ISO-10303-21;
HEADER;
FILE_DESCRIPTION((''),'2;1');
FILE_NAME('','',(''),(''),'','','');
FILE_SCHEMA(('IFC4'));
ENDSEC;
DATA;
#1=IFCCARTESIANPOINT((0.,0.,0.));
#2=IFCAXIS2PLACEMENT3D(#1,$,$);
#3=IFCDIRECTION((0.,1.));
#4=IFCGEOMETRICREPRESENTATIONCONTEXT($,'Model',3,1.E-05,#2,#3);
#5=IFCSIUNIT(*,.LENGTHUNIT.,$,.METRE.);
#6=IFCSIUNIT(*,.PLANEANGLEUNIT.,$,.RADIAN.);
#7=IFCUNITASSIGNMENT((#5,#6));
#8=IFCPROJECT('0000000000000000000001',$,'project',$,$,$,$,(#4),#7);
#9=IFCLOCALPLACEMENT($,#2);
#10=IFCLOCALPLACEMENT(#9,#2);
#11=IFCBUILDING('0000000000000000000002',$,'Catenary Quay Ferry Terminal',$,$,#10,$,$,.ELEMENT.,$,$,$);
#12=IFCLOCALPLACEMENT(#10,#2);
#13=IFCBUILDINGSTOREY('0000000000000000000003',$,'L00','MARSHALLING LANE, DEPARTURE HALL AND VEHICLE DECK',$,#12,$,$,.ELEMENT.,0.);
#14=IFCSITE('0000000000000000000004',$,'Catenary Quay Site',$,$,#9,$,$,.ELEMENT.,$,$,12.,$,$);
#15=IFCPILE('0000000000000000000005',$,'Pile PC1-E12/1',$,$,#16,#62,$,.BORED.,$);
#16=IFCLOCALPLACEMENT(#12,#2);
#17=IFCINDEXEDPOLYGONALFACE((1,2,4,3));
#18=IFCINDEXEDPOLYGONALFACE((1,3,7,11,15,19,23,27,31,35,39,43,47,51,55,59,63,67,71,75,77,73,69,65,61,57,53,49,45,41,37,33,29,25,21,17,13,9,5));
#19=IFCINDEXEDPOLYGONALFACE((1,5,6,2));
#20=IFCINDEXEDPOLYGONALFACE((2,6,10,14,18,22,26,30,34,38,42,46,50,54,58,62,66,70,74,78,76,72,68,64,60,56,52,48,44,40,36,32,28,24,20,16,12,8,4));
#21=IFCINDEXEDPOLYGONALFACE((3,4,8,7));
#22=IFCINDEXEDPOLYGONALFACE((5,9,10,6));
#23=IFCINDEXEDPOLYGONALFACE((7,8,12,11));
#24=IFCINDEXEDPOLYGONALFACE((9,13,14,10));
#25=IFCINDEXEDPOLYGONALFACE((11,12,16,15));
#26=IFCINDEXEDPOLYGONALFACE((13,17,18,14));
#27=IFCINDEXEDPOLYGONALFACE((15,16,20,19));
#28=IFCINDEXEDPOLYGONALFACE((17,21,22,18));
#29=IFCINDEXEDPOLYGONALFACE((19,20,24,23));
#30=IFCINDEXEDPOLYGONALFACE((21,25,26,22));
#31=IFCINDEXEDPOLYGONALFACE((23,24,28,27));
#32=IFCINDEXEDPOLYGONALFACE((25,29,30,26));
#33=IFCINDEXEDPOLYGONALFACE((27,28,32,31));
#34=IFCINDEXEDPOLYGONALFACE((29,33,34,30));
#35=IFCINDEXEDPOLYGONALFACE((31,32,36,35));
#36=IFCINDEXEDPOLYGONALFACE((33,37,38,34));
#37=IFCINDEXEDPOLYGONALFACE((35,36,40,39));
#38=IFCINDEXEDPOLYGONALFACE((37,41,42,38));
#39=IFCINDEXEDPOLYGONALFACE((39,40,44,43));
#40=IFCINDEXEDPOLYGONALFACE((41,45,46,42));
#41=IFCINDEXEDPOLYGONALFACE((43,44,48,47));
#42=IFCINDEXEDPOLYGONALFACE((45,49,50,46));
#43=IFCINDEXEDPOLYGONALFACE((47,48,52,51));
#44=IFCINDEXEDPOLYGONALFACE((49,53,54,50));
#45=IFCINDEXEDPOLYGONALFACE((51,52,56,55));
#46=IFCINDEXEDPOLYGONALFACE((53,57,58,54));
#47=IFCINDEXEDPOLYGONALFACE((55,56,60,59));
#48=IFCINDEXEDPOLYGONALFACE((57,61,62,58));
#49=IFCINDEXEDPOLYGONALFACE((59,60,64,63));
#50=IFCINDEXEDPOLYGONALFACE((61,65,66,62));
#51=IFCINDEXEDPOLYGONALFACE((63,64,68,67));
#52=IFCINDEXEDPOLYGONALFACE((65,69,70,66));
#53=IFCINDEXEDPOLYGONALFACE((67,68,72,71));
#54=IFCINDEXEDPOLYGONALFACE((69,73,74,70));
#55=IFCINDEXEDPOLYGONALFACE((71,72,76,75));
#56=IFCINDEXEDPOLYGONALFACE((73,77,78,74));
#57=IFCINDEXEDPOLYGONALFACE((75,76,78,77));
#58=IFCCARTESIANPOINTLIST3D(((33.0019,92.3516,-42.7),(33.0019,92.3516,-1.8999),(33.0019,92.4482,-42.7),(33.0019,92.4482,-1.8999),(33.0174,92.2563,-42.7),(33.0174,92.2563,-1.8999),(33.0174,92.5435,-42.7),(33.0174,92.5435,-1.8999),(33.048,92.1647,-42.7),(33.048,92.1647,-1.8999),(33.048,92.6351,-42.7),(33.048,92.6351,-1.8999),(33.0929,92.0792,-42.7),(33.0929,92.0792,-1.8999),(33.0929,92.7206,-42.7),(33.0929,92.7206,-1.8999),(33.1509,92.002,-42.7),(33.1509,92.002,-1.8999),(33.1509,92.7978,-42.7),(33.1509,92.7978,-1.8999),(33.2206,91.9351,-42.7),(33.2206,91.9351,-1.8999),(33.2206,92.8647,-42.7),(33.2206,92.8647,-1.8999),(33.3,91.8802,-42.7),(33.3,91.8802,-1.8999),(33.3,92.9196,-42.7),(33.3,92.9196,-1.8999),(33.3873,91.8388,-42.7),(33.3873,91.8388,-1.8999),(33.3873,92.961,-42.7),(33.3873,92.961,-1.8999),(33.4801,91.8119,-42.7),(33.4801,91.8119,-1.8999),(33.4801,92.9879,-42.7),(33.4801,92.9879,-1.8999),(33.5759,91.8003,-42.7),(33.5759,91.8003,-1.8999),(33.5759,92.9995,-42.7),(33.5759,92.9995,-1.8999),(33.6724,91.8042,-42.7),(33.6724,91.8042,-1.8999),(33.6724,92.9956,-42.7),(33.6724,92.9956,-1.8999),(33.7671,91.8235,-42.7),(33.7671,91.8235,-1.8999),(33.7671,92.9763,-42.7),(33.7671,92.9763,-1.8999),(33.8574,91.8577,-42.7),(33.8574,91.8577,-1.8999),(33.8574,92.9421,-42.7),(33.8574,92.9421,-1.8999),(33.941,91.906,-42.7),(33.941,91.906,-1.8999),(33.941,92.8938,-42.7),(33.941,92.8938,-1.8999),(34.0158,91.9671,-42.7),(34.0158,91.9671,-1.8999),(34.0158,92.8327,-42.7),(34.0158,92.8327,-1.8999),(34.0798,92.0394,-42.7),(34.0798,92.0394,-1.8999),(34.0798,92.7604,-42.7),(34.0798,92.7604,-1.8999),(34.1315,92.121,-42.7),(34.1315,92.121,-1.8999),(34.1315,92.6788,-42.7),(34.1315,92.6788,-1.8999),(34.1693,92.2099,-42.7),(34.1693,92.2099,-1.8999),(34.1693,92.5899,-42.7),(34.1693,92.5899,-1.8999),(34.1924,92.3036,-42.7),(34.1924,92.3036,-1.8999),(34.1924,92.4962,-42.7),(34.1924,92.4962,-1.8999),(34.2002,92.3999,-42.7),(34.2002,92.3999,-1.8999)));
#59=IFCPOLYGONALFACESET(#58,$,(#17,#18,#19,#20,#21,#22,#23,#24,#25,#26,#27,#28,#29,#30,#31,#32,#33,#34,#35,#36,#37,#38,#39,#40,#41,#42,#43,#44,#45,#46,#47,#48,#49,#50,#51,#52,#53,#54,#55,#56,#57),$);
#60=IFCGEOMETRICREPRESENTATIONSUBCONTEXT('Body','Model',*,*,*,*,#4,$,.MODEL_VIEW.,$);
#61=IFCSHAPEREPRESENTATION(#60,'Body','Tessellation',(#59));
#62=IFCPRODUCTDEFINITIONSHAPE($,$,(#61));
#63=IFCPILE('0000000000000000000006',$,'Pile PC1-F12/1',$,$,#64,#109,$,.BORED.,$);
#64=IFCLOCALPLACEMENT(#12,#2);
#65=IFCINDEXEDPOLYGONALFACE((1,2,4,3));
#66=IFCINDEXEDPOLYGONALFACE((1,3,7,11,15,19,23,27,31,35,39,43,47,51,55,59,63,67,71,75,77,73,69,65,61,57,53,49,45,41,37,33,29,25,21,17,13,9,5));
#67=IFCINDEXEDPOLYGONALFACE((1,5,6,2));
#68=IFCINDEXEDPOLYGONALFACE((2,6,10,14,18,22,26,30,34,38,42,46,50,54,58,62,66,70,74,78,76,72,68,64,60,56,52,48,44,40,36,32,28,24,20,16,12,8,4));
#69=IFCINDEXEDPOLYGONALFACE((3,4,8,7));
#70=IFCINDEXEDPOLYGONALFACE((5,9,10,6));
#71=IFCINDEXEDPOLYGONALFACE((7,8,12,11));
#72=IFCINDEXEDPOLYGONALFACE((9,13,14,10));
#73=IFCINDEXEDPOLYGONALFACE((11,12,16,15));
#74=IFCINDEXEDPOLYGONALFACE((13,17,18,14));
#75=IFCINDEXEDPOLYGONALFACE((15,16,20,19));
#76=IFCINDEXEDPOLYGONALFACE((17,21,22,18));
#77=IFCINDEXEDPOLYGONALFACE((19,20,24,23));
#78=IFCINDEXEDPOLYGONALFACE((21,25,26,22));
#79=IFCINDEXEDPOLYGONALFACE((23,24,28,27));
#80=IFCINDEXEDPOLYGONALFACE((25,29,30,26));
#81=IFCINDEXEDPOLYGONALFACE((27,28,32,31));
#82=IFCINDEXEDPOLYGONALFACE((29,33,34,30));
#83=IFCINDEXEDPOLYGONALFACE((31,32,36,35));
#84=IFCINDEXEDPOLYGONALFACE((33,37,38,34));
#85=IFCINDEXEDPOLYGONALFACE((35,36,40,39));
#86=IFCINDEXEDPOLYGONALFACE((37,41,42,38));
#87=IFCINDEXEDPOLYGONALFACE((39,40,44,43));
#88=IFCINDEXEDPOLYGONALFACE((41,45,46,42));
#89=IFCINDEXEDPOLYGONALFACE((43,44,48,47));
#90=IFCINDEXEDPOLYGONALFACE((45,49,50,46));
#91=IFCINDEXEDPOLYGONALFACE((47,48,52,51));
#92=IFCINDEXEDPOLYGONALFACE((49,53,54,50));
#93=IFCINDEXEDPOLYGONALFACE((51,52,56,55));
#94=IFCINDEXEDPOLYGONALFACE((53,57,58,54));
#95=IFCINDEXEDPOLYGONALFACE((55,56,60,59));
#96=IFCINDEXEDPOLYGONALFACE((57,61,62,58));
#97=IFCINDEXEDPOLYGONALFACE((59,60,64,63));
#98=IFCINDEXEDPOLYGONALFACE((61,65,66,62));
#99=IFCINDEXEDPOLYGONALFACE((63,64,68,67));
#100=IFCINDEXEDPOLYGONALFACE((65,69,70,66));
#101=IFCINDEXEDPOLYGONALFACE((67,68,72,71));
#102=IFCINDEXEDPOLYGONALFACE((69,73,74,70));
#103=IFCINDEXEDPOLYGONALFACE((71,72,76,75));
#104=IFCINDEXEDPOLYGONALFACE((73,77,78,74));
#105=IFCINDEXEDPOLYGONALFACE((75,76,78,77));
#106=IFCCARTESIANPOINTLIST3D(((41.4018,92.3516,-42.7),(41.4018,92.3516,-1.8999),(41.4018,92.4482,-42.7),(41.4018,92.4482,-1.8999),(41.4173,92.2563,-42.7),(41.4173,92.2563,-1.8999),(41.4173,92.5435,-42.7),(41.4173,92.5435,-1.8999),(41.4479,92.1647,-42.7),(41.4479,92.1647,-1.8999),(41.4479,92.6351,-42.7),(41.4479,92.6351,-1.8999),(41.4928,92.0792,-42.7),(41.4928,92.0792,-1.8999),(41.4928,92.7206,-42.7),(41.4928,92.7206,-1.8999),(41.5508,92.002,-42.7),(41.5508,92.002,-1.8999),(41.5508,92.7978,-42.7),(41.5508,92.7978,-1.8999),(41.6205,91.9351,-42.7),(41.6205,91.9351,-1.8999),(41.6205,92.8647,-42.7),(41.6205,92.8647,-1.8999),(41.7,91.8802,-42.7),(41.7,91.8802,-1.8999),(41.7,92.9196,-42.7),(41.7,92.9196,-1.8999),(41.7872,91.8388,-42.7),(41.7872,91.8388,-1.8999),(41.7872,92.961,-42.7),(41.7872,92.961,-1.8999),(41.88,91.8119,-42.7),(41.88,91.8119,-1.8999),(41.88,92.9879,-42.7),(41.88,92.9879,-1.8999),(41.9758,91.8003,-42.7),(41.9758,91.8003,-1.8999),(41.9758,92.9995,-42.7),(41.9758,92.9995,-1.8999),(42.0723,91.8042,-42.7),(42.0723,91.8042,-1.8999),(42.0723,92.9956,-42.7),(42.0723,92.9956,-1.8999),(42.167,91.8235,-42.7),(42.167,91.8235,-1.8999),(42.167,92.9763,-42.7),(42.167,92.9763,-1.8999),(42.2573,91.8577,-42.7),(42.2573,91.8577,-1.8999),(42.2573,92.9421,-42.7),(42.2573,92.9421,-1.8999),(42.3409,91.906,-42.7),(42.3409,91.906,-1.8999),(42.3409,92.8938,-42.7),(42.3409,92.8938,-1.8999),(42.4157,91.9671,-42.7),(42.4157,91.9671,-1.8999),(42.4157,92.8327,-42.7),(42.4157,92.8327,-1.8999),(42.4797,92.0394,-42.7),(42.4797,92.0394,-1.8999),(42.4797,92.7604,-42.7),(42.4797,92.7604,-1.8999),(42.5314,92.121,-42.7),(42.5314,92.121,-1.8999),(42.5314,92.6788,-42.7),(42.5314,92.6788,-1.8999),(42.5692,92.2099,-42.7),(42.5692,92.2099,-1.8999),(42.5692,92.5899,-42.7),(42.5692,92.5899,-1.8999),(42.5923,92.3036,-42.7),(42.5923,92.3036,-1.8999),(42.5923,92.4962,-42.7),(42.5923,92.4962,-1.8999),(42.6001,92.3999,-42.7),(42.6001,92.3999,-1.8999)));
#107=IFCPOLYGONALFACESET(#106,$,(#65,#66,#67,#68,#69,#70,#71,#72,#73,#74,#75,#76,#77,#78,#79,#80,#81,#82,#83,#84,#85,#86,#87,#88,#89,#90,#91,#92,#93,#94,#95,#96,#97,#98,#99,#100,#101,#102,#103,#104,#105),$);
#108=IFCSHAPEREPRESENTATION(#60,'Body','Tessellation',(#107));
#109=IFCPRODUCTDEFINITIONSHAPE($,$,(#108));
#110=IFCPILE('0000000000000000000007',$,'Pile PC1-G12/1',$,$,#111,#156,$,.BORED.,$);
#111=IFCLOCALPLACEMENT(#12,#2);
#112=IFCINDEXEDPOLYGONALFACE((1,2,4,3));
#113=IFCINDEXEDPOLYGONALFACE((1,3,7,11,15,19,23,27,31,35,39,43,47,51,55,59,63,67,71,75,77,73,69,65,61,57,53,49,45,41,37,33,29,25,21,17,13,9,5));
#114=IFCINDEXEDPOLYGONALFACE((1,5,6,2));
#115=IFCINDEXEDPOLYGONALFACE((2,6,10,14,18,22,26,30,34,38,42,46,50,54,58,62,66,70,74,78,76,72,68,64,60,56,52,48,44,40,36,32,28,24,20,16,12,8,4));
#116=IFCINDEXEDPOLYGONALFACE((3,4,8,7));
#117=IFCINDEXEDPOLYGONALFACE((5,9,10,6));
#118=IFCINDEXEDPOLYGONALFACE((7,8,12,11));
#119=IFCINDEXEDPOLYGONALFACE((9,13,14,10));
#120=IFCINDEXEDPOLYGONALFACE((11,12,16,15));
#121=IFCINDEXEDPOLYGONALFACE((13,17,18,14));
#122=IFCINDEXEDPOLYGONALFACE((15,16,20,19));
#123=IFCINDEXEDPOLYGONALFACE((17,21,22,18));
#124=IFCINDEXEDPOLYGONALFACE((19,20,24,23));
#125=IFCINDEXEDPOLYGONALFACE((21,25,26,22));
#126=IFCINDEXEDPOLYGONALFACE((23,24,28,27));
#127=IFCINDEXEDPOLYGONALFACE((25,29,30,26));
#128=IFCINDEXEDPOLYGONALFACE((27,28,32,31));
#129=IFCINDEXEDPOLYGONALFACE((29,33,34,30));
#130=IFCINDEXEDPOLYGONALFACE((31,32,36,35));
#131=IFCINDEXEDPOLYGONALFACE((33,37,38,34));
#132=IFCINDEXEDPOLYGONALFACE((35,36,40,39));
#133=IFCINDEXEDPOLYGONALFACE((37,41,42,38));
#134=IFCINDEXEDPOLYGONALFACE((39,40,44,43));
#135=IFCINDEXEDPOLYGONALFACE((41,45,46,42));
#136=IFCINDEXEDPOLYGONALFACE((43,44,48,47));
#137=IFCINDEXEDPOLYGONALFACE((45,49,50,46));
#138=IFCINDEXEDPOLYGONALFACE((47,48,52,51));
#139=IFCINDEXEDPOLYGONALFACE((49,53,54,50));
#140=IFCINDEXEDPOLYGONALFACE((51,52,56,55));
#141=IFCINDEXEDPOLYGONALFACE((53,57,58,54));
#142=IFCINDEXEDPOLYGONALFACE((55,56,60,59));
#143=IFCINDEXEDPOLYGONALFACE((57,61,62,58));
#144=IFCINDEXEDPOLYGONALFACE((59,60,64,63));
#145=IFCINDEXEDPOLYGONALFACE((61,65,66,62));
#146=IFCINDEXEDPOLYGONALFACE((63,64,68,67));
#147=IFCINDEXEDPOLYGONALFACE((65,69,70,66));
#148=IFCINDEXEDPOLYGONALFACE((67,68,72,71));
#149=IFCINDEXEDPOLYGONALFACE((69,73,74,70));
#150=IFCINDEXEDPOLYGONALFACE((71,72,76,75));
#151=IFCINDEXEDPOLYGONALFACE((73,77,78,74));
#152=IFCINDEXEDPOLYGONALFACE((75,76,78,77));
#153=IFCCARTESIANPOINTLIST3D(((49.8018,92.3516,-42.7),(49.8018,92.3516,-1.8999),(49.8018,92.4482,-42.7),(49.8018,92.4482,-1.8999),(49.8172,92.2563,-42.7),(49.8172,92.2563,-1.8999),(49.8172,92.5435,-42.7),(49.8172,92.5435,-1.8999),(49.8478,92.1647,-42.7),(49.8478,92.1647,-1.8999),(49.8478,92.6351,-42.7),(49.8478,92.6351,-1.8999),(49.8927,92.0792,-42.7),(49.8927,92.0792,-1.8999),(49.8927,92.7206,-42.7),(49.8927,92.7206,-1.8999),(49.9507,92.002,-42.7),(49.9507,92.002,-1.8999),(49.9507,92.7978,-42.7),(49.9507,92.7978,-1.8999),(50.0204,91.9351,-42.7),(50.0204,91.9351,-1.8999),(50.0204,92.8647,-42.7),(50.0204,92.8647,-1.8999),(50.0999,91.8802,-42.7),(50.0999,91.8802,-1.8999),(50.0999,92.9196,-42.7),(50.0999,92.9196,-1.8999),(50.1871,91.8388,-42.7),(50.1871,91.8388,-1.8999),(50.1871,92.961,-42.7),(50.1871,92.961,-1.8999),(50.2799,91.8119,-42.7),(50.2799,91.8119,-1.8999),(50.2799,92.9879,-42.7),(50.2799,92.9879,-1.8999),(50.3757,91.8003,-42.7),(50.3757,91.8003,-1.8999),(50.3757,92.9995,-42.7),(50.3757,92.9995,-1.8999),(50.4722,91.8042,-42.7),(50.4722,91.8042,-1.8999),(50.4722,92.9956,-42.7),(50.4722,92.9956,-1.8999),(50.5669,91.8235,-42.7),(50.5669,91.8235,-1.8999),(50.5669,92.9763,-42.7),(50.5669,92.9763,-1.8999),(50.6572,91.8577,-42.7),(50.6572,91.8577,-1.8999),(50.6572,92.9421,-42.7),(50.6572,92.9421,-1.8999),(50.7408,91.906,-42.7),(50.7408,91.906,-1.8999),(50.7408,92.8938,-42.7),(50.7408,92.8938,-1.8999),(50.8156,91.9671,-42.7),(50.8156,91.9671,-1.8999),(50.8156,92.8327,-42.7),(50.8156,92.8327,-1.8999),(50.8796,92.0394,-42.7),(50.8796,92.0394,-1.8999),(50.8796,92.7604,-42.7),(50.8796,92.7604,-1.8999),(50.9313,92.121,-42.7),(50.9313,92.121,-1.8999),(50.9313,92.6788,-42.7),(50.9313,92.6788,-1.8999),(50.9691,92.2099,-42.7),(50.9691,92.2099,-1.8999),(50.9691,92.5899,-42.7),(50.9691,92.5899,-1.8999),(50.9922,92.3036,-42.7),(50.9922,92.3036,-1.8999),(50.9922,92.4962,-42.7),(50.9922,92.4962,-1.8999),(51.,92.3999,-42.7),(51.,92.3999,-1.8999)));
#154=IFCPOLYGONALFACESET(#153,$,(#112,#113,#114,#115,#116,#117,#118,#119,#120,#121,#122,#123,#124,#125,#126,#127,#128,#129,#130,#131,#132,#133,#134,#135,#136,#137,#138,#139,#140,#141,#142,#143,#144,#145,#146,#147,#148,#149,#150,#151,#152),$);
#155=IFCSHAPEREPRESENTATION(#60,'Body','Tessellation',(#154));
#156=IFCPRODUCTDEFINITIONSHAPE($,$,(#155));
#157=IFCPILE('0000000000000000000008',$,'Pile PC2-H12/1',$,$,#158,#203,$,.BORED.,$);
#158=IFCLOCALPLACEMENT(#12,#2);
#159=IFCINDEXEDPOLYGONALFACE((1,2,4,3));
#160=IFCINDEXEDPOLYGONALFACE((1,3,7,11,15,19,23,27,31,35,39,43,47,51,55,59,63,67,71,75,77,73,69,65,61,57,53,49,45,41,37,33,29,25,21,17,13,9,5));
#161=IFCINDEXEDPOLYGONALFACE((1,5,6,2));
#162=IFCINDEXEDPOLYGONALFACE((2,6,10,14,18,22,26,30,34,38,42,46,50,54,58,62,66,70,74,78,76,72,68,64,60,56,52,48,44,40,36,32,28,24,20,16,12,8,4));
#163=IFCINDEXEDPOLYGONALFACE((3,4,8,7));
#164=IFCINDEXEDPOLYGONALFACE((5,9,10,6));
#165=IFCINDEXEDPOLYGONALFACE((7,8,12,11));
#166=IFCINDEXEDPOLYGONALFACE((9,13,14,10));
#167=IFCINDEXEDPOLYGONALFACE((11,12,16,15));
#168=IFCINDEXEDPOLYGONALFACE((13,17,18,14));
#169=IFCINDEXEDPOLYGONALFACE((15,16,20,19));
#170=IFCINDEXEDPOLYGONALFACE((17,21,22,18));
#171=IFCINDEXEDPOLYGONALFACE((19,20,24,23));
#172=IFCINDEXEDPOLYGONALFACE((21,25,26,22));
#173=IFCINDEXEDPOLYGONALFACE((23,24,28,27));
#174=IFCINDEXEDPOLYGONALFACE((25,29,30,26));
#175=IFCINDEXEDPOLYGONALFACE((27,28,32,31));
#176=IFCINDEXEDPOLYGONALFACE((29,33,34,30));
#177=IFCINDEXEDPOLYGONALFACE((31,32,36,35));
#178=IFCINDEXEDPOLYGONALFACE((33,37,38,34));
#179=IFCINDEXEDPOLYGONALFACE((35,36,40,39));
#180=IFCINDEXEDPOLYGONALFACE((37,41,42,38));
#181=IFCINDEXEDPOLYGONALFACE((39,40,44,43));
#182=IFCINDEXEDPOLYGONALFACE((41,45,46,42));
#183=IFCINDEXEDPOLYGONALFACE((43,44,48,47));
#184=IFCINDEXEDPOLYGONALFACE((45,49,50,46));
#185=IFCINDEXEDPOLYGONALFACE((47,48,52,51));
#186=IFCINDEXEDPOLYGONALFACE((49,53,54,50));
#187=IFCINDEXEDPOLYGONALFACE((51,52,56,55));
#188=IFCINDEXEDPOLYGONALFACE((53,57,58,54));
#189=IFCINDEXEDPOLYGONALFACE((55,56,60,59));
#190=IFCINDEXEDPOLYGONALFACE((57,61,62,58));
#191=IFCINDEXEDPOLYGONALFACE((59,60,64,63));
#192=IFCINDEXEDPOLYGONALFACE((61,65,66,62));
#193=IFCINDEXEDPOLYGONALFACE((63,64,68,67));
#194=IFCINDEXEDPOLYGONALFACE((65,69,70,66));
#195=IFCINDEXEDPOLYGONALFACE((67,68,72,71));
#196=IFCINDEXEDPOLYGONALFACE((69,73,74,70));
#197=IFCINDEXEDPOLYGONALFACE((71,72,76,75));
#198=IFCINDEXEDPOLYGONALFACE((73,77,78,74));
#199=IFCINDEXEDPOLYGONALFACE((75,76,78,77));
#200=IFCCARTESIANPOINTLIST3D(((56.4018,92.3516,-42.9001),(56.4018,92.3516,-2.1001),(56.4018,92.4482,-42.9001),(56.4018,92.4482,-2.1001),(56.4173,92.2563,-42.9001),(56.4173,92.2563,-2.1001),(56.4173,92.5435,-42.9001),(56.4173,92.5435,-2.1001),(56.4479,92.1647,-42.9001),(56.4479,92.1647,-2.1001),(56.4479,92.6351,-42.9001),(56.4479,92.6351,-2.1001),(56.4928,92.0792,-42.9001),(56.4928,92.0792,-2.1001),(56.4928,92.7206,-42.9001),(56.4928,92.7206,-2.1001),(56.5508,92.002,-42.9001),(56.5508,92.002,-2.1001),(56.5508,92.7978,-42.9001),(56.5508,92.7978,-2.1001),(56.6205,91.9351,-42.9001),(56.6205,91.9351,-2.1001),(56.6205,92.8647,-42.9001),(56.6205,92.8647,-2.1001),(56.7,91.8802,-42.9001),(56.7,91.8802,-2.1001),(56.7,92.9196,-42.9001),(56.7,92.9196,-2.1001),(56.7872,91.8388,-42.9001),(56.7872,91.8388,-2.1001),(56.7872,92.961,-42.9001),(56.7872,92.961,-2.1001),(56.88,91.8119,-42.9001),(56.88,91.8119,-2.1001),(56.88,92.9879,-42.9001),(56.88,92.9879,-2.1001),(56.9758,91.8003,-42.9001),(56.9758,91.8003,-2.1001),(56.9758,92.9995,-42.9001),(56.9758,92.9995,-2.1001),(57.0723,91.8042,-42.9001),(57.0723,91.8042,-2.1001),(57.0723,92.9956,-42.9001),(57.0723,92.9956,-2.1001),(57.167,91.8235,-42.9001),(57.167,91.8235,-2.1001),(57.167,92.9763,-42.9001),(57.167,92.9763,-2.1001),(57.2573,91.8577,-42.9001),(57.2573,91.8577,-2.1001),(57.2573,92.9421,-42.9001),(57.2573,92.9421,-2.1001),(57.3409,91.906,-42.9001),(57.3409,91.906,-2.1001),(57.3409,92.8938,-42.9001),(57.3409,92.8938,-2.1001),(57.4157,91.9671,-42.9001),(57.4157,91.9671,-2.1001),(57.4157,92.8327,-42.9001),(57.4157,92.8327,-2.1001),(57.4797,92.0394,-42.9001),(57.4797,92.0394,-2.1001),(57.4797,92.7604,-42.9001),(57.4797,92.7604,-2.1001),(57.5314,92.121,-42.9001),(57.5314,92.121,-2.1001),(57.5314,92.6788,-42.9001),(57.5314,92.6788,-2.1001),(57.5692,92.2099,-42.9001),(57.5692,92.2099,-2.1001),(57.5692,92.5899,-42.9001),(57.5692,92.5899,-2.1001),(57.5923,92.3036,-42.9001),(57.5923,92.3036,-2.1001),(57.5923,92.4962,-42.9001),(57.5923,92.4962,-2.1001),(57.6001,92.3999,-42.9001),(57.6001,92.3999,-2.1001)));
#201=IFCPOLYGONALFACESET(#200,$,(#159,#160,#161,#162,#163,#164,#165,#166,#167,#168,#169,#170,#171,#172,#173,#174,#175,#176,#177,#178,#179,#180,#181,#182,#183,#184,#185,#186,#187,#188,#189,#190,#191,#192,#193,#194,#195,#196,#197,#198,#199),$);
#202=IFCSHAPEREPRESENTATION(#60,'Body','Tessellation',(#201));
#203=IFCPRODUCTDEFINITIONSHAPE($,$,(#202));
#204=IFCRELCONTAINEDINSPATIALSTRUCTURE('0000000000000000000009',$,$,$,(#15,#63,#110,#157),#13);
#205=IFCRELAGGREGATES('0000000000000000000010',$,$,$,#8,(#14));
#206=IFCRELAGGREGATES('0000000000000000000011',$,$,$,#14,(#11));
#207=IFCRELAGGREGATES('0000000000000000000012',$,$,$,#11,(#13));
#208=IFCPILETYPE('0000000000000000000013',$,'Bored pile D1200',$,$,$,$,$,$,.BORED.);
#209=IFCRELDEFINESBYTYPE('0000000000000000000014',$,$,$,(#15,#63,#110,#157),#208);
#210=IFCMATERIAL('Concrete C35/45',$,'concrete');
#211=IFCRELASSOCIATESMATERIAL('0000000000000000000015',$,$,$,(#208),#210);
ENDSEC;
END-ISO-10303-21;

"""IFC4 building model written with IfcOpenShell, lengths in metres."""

from ifc_helpers import new_model, si_unit, direction, frame, origin, origin_2d, place, context, subcontext, project, spatial, circle, extrude, material, material_profile, profile_set, type_object, element, save


model = new_model("IFC4")

# Units and contexts
model_context = context("Model", 3, precision=1e-05, world=origin(), true_north=direction((0.0, 1.0)))
body_context = subcontext(model_context, "Body", "Model", "MODEL_VIEW")
ifc_project = project(units=[si_unit("LENGTHUNIT", "METRE"), si_unit("PLANEANGLEUNIT", "RADIAN")], contexts=[model_context])

# Site, building, storey
site_placement = place(None, origin())
site = spatial("IfcSite", under=ifc_project, at=site_placement, Name="Catenary Quay Site", CompositionType="ELEMENT", RefElevation=12.0)
building_placement = place(site_placement, origin())
building = spatial("IfcBuilding", under=site, at=building_placement, Name="Catenary Quay Ferry Terminal", CompositionType="ELEMENT")
storey_placement = place(building_placement, origin())
storey = spatial("IfcBuildingStorey", under=building, at=storey_placement, Name="L00", Description="MARSHALLING LANE, DEPARTURE HALL AND VEHICLE DECK", CompositionType="ELEMENT", Elevation=0.0)

# Piles
ifc_material_1 = material(Name="Concrete C35/45", Category="concrete")
ifc_material_profile = material_profile(ifc_material_1, circle(Radius=0.6001, at=origin_2d()), Name="D1200")
ifc_profile_set = profile_set([ifc_material_profile], Name="Concrete C35/45")
pile_type = type_object("IfcPileType", Name="Bored pile D1200", PredefinedType="BORED", material=ifc_profile_set)
for number, where, z_axis, x_axis, name in (
    (1, (33.6001, 92.3999, -1.8999), (0.0, 0.0, -1.0), (1.0, 0.0, 0.0), "Pile PC1-E12/1"),
    (2, (42.0, 92.3999, -1.8999), (0.0, 0.0, -1.0), (1.0, 0.0, 0.0), "Pile PC1-F12/1"),
    (3, (50.3999, 92.3999, -1.8999), (0.0, 0.0, -1.0), (1.0, 0.0, 0.0), "Pile PC1-G12/1"),
    (4, (57.0, 92.3999, -2.1001), (0.0, 0.0, -1.0), (1.0, 0.0, 0.0), "Pile PC2-H12/1"),
):
    element("IfcPile", number, at=place(storey_placement, frame(where, z_axis=z_axis, x_axis=x_axis)), inside=storey, type_object=pile_type, Name=name, PredefinedType="BORED", context=body_context, shape_type="SweptSolid", body=[
        extrude(circle(Radius=0.6001, at=origin_2d()), origin(), (0.0, 0.0, 1.0), 40.8),
    ])

save(model, "model.ifc")
